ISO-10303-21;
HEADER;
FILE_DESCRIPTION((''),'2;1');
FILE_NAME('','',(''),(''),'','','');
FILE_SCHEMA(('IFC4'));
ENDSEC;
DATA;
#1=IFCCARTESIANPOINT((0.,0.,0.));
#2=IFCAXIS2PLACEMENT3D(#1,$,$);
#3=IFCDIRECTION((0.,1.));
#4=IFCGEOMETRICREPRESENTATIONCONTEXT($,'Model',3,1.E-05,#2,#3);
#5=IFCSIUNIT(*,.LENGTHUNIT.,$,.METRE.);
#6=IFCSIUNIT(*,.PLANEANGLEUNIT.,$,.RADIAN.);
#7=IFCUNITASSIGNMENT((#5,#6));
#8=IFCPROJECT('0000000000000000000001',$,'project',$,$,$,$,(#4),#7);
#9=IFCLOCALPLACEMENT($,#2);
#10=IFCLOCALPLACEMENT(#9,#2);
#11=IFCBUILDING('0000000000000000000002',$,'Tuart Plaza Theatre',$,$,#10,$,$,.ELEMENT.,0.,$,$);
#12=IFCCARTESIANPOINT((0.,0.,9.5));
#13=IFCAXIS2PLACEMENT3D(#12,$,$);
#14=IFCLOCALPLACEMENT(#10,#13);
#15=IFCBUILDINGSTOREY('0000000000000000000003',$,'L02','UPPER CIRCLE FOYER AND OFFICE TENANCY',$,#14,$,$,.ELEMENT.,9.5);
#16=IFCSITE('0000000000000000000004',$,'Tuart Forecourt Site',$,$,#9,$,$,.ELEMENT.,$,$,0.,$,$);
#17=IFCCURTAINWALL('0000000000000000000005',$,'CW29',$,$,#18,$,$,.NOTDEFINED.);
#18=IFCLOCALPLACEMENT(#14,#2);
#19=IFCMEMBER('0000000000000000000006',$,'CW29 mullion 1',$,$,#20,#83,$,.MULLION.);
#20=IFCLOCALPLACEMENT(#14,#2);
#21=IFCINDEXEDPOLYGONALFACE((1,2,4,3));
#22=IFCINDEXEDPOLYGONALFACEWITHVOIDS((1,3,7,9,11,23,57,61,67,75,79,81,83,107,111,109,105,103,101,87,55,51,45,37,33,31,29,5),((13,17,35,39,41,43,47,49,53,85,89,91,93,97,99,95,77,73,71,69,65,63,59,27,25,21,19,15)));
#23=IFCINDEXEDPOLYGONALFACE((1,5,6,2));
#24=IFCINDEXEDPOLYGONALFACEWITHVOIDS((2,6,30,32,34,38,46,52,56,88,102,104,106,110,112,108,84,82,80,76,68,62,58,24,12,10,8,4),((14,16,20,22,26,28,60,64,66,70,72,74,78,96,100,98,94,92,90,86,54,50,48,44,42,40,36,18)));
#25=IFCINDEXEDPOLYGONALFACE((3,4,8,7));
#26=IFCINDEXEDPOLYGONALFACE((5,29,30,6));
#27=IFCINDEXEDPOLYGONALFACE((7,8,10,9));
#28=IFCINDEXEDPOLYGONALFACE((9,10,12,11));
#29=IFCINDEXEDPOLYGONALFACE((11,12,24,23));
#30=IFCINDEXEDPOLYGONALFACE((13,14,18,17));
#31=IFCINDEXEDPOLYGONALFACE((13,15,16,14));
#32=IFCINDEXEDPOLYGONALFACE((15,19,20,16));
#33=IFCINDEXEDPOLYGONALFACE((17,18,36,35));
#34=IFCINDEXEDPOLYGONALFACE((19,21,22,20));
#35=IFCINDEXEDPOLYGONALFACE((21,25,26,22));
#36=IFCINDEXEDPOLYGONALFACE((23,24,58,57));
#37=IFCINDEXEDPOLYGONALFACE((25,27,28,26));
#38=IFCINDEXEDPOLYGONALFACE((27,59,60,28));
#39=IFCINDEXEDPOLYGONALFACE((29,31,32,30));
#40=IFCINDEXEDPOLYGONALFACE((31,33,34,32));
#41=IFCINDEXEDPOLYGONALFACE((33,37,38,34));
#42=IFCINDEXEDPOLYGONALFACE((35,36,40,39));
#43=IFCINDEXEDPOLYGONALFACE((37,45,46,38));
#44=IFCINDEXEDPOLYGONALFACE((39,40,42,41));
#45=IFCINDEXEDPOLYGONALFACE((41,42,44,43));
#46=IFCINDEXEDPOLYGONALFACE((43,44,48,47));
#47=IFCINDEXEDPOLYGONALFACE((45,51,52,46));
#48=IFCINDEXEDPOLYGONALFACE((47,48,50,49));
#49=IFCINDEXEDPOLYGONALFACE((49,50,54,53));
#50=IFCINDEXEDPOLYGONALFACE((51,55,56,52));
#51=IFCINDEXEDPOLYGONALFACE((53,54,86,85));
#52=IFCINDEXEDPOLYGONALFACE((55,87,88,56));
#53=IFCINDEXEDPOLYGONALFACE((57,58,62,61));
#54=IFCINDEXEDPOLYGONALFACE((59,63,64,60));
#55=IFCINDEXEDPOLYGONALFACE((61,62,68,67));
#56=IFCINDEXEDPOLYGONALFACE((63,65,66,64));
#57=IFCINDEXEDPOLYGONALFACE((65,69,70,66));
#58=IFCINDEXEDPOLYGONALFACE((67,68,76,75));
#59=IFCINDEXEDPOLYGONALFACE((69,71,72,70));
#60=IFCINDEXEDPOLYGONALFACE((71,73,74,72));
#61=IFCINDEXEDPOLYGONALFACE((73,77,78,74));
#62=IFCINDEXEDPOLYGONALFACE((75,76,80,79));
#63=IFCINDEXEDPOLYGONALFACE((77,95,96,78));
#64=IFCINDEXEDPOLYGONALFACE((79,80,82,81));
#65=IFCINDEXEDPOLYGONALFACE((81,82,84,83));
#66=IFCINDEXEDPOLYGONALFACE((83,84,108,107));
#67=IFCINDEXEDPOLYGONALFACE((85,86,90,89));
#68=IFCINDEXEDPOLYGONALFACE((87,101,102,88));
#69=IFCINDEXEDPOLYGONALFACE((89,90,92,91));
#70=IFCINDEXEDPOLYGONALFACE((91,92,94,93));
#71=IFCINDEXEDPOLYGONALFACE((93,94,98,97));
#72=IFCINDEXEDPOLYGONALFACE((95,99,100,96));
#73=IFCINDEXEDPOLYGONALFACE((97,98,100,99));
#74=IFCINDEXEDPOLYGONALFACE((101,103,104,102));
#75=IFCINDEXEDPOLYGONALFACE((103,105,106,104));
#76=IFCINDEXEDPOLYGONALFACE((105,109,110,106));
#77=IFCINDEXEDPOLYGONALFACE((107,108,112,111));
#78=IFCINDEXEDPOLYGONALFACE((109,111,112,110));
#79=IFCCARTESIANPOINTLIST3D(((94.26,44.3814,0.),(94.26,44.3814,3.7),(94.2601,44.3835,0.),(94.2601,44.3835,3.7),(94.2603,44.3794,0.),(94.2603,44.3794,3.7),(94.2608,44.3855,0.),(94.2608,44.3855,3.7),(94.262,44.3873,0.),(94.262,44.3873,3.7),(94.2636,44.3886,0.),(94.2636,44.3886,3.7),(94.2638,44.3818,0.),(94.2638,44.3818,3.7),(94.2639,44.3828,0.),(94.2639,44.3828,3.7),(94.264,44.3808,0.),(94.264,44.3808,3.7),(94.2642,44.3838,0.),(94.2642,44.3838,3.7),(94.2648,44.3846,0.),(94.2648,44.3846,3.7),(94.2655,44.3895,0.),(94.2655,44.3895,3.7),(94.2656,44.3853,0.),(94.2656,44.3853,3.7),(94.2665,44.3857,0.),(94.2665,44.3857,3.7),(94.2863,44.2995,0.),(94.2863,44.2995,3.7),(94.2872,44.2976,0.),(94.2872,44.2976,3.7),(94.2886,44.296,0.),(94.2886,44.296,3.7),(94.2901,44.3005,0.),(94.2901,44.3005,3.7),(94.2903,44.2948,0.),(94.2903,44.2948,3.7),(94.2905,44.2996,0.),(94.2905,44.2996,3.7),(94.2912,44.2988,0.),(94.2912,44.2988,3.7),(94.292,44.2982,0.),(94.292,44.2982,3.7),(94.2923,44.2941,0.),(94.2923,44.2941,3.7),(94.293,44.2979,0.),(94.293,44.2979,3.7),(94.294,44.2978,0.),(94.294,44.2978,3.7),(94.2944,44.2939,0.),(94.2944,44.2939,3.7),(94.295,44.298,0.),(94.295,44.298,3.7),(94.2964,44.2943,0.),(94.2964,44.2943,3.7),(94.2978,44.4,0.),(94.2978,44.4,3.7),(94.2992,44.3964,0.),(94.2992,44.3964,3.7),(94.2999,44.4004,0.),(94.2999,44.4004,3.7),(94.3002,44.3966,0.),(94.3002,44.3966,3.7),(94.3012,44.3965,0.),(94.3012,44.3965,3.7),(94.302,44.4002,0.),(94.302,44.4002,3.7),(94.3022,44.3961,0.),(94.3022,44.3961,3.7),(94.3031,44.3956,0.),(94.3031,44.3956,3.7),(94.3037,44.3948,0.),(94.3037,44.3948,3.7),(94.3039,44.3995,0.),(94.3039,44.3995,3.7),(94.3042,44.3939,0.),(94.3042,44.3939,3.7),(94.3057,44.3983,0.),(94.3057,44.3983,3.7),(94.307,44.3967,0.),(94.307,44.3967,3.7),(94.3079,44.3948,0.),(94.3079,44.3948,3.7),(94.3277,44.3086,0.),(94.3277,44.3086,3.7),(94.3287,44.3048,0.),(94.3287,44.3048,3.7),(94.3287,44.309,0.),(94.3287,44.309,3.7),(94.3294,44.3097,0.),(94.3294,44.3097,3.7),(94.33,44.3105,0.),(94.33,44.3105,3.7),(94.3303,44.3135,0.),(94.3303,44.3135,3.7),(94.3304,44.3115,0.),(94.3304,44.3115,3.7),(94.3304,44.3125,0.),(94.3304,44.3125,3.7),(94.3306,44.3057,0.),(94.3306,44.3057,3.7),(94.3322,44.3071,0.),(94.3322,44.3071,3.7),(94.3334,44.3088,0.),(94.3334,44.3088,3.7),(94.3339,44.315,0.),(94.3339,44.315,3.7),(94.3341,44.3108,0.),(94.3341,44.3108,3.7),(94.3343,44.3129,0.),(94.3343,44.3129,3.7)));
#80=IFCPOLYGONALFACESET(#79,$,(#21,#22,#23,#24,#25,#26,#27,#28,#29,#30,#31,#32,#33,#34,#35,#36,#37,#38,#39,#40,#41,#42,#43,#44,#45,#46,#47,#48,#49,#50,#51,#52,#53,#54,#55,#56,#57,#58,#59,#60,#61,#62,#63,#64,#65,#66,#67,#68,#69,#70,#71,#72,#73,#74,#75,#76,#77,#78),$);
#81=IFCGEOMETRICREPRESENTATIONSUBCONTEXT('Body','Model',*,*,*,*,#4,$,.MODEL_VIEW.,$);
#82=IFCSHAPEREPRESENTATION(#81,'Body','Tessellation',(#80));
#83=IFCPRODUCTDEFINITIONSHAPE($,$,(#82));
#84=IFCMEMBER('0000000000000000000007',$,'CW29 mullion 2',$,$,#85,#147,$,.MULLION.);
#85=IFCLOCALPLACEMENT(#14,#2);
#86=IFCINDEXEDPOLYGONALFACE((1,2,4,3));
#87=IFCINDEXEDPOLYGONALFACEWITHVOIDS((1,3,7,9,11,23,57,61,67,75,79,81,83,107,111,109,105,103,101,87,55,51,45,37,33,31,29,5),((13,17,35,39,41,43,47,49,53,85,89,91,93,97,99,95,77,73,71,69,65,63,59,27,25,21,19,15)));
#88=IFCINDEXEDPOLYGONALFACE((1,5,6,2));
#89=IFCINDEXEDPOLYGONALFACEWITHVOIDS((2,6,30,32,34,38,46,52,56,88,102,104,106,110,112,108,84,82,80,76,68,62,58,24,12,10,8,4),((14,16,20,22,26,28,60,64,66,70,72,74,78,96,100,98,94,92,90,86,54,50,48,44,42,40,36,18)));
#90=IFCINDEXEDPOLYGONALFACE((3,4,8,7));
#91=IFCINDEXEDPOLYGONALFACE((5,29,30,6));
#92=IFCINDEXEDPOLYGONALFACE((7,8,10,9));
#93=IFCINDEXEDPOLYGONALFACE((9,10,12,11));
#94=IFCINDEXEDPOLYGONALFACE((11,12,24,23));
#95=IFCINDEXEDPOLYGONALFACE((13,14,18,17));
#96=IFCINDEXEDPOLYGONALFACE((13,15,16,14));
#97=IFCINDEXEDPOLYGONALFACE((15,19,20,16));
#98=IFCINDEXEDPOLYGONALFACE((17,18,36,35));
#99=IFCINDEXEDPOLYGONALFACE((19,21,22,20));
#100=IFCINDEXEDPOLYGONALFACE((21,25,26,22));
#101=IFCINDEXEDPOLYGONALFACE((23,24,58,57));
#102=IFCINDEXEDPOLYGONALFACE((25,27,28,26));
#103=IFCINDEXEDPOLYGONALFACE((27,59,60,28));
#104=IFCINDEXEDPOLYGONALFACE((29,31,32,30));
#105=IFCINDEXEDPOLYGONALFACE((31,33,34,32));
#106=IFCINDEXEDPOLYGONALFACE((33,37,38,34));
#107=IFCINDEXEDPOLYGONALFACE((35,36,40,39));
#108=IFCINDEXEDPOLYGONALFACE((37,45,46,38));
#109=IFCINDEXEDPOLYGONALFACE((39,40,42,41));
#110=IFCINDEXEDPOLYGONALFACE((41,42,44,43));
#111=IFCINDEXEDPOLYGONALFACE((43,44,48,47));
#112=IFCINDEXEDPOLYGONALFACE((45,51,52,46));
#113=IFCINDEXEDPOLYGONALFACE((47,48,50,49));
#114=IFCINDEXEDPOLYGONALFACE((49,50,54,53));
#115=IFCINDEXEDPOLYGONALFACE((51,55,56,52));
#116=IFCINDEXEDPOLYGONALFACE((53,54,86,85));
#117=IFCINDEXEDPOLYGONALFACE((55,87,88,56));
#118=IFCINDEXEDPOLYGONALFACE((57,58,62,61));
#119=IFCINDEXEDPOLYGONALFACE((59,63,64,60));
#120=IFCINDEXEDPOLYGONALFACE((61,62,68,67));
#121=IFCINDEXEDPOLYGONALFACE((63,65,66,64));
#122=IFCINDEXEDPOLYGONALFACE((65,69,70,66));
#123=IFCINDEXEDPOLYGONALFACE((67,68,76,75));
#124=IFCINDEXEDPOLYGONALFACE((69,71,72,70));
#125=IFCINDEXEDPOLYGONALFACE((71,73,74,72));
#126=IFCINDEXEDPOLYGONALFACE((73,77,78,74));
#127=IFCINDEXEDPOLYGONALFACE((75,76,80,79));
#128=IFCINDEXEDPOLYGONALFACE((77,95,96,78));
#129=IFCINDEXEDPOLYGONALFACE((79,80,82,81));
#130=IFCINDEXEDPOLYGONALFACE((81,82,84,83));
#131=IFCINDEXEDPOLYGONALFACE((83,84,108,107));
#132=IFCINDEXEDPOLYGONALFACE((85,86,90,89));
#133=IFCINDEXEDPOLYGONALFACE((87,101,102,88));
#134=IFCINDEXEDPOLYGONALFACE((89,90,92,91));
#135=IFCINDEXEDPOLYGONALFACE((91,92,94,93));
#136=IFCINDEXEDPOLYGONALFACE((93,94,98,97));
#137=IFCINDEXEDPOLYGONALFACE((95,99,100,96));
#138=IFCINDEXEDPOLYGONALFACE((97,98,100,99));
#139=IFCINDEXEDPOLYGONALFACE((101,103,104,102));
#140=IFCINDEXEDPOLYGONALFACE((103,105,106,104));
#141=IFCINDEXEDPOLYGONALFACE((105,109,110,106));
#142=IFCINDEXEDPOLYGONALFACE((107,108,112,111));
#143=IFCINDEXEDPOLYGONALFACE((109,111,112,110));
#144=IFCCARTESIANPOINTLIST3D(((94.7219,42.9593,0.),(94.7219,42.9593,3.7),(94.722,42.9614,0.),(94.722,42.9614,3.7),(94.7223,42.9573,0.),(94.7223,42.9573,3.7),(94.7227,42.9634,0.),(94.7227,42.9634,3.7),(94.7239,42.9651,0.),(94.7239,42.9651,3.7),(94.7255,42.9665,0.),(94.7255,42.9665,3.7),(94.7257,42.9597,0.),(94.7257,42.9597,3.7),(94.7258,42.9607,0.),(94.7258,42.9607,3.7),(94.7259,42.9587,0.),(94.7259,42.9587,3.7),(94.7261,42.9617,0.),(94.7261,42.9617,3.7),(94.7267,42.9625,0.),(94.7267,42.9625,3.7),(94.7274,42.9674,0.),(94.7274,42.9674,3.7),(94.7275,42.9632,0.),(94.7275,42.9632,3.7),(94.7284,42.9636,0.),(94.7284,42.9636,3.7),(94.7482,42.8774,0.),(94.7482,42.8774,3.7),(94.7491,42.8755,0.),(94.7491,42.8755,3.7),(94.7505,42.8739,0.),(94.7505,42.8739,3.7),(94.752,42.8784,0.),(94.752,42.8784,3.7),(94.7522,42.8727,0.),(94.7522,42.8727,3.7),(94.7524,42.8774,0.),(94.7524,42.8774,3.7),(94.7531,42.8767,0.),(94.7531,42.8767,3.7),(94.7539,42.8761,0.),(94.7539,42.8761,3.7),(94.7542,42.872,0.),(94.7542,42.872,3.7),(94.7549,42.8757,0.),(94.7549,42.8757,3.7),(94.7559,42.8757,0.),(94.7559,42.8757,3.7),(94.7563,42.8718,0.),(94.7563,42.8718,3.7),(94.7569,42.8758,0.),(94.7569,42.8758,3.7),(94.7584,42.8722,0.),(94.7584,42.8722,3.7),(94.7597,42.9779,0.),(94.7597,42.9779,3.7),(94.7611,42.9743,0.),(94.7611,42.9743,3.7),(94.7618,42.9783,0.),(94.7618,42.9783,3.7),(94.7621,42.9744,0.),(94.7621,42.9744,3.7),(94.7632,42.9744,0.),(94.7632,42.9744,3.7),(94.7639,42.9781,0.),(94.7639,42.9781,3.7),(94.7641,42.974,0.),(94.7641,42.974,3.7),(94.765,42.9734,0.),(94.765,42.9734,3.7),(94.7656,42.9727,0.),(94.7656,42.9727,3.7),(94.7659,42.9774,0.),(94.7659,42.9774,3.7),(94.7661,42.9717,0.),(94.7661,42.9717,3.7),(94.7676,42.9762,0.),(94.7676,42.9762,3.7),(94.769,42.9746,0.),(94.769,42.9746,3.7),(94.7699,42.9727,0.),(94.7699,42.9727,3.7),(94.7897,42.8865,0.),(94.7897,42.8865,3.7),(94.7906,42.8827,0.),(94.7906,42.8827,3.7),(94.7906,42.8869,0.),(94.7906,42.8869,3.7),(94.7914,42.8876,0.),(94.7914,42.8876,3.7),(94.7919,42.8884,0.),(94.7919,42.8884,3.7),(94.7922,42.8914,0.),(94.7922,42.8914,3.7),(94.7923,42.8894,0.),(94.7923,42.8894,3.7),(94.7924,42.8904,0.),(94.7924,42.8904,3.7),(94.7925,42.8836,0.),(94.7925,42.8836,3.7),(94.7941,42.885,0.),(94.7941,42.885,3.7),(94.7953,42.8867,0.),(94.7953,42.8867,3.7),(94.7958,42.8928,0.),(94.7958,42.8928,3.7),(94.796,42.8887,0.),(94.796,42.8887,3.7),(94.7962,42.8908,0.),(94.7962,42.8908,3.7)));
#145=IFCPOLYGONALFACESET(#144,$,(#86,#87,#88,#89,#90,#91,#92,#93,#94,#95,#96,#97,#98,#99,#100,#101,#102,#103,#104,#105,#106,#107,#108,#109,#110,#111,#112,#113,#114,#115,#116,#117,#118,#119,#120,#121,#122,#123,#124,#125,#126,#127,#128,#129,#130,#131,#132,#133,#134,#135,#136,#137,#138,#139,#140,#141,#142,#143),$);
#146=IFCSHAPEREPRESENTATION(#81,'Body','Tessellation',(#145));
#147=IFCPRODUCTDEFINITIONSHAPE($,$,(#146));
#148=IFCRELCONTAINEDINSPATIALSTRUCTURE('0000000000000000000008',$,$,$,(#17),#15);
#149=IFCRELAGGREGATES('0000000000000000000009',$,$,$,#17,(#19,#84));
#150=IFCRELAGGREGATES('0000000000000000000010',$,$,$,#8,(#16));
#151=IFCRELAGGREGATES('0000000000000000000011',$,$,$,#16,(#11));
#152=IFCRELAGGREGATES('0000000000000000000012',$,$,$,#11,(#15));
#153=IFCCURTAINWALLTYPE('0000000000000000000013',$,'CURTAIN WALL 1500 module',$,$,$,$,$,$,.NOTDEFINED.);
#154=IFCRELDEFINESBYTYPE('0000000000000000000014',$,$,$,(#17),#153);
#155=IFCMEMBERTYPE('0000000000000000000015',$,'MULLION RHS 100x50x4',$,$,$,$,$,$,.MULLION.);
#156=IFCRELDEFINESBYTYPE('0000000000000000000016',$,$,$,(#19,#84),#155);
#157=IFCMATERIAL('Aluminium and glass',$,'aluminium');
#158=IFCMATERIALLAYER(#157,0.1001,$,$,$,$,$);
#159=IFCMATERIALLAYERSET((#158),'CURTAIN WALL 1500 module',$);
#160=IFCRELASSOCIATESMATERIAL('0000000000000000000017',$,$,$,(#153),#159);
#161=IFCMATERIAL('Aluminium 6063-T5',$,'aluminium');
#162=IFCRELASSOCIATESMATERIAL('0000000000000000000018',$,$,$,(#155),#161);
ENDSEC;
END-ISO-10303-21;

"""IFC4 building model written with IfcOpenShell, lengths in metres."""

from ifc_helpers import new_model, si_unit, direction, frame, origin, origin_2d, place, context, subcontext, project, spatial, hollow_rectangle, extrude, material, layer, layer_set, material_profile, profile_set, type_object, element, aggregate, save


model = new_model("IFC4")

# Units and contexts
model_context = context("Model", 3, precision=1e-05, world=origin(), true_north=direction((0.0, 1.0)))
body_context = subcontext(model_context, "Body", "Model", "MODEL_VIEW")
ifc_project = project(units=[si_unit("LENGTHUNIT", "METRE"), si_unit("PLANEANGLEUNIT", "RADIAN")], contexts=[model_context])

# Site, building, storey
site_placement = place(None, origin())
site = spatial("IfcSite", under=ifc_project, at=site_placement, Name="Tuart Forecourt Site", CompositionType="ELEMENT", RefElevation=0.0)
building_placement = place(site_placement, origin())
building = spatial("IfcBuilding", under=site, at=building_placement, Name="Tuart Plaza Theatre", CompositionType="ELEMENT", ElevationOfRefHeight=0.0)
storey_placement = place(building_placement, frame((0.0, 0.0, 9.5)))
storey = spatial("IfcBuildingStorey", under=building, at=storey_placement, Name="L02", Description="UPPER CIRCLE FOYER AND OFFICE TENANCY", CompositionType="ELEMENT", Elevation=9.5)

# Curtain wall, members
ifc_material_1 = material(Name="Aluminium and glass", Category="aluminium")
ifc_layer_1 = layer(ifc_material_1, 0.1001)
ifc_layer_set_1 = layer_set([ifc_layer_1], Name="CURTAIN WALL 1500 module")
curtain_wall_type = type_object("IfcCurtainWallType", Name="CURTAIN WALL 1500 module", PredefinedType="NOTDEFINED", material=ifc_layer_set_1)
ifc_material_2 = material(Name="Aluminium 6063-T5", Category="aluminium")
ifc_material_profile_1 = material_profile(ifc_material_2, hollow_rectangle(XDim=0.05, YDim=0.1001, WallThickness=0.0039, InnerFilletRadius=0.0039, OuterFilletRadius=0.0081, at=origin_2d()), Name="RHS 100x50x4")
ifc_profile_set_1 = profile_set([ifc_material_profile_1], Name="Aluminium 6063-T5")
member_type_1 = type_object("IfcMemberType", Name="MULLION RHS 100x50x4", PredefinedType="MULLION", material=ifc_profile_set_1)
curtain_wall_1_placement = place(storey_placement, origin())
curtain_wall_1 = element("IfcCurtainWall", 1, at=curtain_wall_1_placement, inside=storey, type_object=curtain_wall_type, Name="CW29", PredefinedType="NOTDEFINED")
member_1_placement = place(storey_placement, frame((94.2971, 44.3472, 0.0), z_axis=(0.0, 0.0, 1.0), x_axis=(0.951056, 0.309018, 0.0)))
member_1 = element("IfcMember", 2, at=member_1_placement, type_object=member_type_1, Name="CW29 mullion 1", PredefinedType="MULLION", context=body_context, shape_type="SweptSolid", body=[
    extrude(hollow_rectangle(XDim=0.05, YDim=0.1001, WallThickness=0.0039, InnerFilletRadius=0.0039, OuterFilletRadius=0.0081, at=origin_2d()), origin(), (0.0, 0.0, 1.0), 3.7),
])
member_2_placement = place(storey_placement, frame((94.759, 42.925, 0.0), z_axis=(0.0, 0.0, 1.0), x_axis=(0.951056, 0.309018, 0.0)))
member_2 = element("IfcMember", 3, at=member_2_placement, type_object=member_type_1, Name="CW29 mullion 2", PredefinedType="MULLION", context=body_context, shape_type="SweptSolid", body=[
    extrude(hollow_rectangle(XDim=0.05, YDim=0.1001, WallThickness=0.0039, InnerFilletRadius=0.0039, OuterFilletRadius=0.0081, at=origin_2d()), origin(), (0.0, 0.0, 1.0), 3.7),
])

aggregate(curtain_wall_1, [member_1, member_2])

save(model, "model.ifc")
